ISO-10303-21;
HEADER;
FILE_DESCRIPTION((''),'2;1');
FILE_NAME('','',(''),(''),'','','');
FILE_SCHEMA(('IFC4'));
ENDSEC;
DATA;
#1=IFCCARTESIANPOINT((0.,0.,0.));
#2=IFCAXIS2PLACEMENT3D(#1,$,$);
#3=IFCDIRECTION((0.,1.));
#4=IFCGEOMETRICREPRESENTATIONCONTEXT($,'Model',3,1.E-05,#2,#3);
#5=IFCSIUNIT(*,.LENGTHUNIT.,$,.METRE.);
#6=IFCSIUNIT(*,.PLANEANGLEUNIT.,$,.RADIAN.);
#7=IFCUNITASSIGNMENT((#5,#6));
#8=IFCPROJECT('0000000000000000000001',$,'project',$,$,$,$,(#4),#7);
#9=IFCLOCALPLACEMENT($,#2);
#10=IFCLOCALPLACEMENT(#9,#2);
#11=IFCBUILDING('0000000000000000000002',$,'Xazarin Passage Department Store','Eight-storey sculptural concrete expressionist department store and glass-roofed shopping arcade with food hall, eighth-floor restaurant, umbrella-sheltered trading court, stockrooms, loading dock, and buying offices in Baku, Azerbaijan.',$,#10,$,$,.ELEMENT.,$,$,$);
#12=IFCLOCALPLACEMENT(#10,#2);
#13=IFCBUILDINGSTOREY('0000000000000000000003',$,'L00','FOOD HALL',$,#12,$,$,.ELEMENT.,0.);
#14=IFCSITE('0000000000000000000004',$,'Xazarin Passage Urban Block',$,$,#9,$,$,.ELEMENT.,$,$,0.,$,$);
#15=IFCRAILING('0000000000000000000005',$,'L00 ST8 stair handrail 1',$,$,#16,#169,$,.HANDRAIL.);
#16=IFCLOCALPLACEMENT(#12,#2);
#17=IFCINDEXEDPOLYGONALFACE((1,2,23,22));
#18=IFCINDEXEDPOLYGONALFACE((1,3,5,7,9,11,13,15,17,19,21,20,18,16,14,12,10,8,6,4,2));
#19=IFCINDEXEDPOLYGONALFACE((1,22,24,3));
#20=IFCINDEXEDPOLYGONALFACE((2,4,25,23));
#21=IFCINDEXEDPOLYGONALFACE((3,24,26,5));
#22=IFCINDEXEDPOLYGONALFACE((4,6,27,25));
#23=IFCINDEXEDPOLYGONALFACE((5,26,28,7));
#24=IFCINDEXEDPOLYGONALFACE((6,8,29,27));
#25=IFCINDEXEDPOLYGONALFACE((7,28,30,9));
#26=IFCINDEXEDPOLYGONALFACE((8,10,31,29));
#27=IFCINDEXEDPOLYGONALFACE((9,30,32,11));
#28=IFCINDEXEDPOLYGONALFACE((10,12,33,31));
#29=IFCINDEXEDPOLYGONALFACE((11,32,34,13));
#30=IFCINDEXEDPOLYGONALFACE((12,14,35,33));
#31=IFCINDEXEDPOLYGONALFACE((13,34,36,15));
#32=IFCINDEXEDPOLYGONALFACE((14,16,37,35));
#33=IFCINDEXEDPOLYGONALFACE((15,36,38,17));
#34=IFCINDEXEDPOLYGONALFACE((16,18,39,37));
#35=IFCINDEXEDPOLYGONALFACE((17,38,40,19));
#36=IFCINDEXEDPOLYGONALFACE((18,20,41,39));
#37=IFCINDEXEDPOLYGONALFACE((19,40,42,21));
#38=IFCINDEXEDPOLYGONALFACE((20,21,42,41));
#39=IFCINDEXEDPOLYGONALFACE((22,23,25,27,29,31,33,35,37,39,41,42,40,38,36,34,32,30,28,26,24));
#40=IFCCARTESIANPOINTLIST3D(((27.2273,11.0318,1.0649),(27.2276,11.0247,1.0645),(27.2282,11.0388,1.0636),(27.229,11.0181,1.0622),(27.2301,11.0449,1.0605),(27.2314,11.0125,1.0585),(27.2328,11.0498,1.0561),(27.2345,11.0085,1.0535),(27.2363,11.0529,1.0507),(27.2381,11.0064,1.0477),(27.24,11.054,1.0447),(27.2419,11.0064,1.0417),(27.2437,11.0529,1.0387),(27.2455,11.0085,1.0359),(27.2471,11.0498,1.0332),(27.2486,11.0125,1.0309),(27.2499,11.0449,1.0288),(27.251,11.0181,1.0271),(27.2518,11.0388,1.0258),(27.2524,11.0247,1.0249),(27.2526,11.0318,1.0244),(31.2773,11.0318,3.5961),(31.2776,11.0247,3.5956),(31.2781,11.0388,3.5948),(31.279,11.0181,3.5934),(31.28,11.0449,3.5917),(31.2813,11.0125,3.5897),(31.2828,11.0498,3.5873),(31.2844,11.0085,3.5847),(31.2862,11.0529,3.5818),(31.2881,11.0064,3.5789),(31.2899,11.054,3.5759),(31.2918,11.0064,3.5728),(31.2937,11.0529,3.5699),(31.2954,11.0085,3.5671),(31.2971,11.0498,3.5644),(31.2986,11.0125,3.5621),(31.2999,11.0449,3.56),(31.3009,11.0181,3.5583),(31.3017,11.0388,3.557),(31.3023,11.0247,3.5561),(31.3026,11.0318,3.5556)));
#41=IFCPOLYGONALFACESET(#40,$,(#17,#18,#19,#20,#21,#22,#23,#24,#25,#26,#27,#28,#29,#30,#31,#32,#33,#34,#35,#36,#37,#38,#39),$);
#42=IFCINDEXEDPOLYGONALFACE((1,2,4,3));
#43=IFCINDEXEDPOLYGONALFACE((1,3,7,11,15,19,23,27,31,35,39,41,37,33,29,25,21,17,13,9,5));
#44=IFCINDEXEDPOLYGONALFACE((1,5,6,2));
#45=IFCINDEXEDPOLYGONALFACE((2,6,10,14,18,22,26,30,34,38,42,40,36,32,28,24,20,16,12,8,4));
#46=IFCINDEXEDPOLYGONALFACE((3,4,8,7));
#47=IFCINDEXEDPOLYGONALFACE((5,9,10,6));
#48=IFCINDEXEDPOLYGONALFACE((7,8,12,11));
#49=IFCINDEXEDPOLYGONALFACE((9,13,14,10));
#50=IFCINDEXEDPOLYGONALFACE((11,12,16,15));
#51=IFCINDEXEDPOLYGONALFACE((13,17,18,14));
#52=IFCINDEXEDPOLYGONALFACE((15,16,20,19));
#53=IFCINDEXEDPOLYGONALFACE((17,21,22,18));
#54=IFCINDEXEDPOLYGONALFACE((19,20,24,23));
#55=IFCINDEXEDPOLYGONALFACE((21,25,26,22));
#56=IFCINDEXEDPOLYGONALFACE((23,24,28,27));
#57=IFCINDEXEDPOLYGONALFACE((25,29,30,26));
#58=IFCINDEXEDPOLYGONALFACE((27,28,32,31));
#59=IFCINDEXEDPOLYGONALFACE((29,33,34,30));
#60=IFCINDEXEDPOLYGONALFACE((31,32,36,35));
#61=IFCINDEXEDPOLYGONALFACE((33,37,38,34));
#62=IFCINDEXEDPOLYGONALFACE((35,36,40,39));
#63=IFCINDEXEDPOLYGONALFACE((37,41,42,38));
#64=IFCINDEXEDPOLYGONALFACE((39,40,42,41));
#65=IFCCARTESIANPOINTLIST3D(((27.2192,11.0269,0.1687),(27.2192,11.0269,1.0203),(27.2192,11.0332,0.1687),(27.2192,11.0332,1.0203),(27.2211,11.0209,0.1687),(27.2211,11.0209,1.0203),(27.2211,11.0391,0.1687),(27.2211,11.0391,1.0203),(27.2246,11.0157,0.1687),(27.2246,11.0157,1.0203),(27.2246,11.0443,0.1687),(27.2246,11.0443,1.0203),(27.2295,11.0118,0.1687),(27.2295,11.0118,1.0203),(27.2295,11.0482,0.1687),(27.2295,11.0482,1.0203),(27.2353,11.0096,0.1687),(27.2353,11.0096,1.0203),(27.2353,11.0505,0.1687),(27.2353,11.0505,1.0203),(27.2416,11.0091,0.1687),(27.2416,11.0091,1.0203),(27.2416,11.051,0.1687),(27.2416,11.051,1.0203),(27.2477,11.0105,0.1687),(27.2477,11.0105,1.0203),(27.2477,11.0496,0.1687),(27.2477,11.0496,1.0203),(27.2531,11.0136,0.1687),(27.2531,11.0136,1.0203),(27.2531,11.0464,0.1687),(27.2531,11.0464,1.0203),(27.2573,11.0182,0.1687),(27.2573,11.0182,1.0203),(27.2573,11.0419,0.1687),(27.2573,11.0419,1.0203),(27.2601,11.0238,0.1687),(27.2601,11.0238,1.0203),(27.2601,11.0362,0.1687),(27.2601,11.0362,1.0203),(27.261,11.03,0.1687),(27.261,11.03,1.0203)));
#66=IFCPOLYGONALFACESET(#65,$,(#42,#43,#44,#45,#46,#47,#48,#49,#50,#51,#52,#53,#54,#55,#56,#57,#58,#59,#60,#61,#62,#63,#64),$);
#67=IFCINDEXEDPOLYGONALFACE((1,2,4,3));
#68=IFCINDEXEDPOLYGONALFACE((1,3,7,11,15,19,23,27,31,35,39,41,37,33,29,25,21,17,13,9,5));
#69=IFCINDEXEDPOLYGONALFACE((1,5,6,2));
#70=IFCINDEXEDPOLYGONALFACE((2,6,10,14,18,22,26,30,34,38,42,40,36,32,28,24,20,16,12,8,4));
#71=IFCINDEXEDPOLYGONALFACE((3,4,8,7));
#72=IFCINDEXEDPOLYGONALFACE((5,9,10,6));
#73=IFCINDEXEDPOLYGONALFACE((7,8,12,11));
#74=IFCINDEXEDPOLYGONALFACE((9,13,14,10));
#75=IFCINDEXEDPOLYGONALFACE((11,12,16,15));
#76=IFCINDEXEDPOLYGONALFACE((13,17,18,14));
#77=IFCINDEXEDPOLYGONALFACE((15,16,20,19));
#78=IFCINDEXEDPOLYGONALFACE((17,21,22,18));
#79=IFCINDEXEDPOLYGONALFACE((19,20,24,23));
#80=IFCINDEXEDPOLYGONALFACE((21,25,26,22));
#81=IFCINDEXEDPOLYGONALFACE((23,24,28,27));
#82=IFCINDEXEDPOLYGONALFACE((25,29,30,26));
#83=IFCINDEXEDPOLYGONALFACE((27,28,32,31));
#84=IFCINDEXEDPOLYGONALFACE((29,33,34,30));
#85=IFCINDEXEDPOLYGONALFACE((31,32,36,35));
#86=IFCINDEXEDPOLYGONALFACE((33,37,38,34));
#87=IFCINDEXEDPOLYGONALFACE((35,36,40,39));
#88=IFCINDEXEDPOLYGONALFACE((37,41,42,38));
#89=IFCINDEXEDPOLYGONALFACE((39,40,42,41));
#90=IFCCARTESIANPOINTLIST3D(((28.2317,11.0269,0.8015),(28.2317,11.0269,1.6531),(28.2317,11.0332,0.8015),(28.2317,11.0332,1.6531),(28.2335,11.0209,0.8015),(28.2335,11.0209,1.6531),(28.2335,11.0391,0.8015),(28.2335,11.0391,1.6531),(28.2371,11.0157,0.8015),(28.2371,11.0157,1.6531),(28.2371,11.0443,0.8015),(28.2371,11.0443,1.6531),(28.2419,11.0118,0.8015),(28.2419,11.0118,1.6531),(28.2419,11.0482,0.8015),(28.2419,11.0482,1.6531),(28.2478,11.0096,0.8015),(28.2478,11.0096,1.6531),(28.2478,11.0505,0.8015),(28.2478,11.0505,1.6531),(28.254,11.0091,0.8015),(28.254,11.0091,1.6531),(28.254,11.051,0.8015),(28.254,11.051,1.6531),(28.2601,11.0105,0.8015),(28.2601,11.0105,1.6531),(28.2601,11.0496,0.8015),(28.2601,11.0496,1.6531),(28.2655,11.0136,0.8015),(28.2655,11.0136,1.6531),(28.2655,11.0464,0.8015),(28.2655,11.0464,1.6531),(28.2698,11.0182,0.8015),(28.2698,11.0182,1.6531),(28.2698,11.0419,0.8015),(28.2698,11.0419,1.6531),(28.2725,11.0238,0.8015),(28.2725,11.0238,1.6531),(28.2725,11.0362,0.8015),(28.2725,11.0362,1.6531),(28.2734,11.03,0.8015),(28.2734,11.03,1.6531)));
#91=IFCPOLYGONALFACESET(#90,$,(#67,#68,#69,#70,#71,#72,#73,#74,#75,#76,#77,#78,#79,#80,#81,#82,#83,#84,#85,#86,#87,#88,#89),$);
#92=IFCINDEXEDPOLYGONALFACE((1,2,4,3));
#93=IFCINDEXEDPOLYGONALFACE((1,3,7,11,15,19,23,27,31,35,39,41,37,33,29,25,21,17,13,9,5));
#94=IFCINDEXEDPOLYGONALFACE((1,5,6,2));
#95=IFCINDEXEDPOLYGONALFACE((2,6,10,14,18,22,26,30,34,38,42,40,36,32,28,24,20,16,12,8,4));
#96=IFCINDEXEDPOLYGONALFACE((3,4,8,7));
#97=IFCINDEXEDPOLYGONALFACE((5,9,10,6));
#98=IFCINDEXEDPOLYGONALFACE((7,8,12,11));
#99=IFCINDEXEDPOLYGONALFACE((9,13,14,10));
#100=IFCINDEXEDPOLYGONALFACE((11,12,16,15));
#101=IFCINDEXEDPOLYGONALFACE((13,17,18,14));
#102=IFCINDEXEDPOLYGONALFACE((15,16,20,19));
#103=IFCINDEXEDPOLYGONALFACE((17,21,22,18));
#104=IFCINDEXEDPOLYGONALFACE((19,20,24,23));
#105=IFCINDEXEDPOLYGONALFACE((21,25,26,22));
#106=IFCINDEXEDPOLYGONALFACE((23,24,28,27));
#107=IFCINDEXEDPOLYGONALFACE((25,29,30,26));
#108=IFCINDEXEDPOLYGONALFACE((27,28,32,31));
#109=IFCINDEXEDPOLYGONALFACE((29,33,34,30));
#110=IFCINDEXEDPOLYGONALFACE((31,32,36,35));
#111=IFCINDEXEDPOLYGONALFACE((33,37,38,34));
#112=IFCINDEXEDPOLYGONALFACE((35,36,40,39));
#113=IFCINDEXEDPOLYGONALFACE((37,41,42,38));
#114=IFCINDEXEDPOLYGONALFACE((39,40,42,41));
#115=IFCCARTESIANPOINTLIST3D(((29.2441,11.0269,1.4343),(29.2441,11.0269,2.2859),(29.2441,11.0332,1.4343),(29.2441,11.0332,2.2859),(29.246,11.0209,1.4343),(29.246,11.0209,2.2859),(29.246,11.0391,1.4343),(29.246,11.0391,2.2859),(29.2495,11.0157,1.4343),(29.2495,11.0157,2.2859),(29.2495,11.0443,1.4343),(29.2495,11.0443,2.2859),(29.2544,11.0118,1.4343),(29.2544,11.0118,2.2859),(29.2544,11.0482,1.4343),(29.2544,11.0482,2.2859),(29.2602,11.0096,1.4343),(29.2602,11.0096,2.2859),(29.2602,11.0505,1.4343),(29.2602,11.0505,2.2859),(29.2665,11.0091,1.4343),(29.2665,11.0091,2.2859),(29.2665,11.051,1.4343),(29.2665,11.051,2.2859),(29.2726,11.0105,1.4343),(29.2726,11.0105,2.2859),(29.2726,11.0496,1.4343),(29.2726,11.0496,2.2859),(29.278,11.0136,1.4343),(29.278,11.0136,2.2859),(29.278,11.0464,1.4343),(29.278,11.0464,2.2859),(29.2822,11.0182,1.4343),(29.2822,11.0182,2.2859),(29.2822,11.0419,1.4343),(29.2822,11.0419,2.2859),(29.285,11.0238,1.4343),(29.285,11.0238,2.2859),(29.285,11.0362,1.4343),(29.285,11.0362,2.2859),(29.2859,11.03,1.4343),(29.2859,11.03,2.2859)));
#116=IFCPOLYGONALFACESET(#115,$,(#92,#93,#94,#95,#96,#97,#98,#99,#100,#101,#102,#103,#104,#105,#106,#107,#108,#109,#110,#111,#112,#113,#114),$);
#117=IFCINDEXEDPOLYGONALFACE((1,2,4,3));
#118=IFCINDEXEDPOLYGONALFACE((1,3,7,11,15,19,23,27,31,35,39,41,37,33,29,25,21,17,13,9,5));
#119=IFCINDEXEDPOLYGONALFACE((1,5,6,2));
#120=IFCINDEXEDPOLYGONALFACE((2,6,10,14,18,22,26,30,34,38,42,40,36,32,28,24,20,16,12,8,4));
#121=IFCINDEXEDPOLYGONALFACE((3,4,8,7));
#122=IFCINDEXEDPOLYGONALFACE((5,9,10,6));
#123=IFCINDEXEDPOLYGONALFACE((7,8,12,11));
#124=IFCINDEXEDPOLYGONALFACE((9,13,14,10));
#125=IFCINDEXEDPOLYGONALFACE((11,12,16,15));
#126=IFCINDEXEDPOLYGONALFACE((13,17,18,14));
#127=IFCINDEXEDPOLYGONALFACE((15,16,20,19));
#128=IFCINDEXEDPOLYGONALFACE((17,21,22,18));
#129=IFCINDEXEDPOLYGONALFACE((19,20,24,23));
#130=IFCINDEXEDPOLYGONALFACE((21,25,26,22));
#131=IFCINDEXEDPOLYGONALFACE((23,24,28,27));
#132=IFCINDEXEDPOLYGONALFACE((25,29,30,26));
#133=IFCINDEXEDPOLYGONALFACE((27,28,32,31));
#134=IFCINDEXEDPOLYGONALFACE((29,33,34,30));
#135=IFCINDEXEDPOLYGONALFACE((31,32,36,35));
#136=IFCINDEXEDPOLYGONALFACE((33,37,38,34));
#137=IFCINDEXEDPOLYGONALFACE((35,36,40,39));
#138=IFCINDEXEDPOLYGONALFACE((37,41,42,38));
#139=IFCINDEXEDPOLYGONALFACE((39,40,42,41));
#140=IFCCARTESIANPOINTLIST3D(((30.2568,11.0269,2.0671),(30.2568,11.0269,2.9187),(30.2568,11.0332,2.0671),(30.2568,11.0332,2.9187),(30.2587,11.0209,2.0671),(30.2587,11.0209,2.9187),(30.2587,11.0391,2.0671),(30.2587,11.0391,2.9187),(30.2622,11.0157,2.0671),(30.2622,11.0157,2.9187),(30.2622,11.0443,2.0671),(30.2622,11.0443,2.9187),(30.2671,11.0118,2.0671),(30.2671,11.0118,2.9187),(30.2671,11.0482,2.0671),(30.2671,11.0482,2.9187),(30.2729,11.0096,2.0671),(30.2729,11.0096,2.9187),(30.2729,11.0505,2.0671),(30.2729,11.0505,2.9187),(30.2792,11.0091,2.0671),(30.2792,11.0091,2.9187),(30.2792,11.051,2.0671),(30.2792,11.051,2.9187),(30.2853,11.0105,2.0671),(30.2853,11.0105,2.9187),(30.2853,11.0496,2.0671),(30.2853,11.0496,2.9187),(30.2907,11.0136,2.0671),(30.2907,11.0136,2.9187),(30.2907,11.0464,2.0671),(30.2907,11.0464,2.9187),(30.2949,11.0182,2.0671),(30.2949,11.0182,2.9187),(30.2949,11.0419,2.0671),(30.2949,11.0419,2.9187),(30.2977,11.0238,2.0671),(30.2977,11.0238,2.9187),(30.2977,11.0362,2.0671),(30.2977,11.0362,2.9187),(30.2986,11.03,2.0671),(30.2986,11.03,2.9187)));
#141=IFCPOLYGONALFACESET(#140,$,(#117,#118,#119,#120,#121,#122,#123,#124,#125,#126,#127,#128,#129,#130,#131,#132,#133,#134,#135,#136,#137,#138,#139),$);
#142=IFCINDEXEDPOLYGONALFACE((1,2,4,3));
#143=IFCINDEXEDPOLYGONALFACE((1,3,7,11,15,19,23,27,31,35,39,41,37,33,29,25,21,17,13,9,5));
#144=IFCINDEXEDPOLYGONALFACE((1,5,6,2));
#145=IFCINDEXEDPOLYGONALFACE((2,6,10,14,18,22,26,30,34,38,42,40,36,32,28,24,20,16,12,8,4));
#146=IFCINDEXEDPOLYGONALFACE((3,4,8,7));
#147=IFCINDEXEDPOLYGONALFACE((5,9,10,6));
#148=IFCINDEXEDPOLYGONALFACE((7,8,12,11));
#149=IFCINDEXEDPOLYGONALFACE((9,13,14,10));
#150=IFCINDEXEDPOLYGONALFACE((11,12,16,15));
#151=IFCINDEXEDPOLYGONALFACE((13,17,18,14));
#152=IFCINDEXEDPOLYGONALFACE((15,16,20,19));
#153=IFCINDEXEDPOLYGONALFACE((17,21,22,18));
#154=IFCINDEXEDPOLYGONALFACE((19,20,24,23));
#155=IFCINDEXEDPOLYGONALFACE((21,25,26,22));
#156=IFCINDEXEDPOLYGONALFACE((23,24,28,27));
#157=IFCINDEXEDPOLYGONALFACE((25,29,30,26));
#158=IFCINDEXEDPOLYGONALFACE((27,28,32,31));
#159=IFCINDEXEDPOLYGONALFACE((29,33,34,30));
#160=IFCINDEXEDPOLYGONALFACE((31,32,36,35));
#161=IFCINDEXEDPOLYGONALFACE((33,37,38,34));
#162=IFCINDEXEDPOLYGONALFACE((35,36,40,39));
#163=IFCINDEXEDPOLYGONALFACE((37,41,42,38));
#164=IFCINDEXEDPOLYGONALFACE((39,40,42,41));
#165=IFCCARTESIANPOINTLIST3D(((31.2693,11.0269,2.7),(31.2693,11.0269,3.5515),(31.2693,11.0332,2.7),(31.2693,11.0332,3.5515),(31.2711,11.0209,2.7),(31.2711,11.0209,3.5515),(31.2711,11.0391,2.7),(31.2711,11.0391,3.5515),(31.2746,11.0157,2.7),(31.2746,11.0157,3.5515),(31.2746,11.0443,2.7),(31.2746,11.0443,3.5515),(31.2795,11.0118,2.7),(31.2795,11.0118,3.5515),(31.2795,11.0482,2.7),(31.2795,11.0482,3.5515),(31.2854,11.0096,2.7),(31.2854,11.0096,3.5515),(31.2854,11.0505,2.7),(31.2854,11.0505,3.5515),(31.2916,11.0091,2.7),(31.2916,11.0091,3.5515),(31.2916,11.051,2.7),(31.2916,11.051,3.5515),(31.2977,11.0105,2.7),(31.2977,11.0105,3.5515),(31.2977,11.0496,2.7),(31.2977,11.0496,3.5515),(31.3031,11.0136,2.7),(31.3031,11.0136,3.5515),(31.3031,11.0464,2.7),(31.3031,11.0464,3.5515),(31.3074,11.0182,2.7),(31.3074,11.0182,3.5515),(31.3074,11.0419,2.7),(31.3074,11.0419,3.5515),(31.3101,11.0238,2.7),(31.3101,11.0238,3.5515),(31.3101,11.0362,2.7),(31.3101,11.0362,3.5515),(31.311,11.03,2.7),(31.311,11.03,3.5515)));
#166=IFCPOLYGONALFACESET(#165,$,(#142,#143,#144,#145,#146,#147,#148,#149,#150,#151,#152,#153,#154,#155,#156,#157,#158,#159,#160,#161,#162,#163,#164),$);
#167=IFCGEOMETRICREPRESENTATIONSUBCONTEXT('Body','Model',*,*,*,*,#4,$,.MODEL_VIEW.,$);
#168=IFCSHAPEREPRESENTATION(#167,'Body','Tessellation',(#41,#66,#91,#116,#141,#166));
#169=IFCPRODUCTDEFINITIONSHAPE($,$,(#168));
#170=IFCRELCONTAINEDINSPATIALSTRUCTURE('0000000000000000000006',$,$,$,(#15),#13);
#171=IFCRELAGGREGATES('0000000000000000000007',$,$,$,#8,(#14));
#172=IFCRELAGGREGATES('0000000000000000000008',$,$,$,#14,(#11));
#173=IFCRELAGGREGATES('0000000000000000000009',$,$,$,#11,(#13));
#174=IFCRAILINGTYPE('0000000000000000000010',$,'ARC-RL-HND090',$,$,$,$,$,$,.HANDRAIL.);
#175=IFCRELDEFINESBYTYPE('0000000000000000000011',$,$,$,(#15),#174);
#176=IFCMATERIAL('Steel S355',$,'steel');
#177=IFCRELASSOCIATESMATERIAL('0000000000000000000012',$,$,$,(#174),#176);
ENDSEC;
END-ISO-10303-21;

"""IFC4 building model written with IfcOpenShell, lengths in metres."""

from ifc_helpers import new_model, si_unit, direction, frame, origin, origin_2d, place, context, subcontext, project, spatial, circle, extrude, material, type_object, element, save


model = new_model("IFC4")

# Units and contexts
model_context = context("Model", 3, precision=1e-05, world=origin(), true_north=direction((0.0, 1.0)))
body_context = subcontext(model_context, "Body", "Model", "MODEL_VIEW")
ifc_project = project(units=[si_unit("LENGTHUNIT", "METRE"), si_unit("PLANEANGLEUNIT", "RADIAN")], contexts=[model_context])

# Site, building, storey
site_placement = place(None, origin())
site = spatial("IfcSite", under=ifc_project, at=site_placement, Name="Xazarin Passage Urban Block", CompositionType="ELEMENT", RefElevation=0.0)
building_placement = place(site_placement, origin())
building = spatial("IfcBuilding", under=site, at=building_placement, Name="Xazarin Passage Department Store", Description="Eight-storey sculptural concrete expressionist department store and glass-roofed shopping arcade with food hall, eighth-floor restaurant, umbrella-sheltered trading court, stockrooms, loading dock, and buying offices in Baku, Azerbaijan.", CompositionType="ELEMENT")
storey_placement = place(building_placement, origin())
storey = spatial("IfcBuildingStorey", under=building, at=storey_placement, Name="L00", Description="FOOD HALL", CompositionType="ELEMENT", Elevation=0.0)

# Shared definitions
ifc_material_1 = material(Name="Steel S355", Category="steel")

# Railing
railing_type_1 = type_object("IfcRailingType", Name="ARC-RL-HND090", PredefinedType="HANDRAIL", material=ifc_material_1)
railing_1_placement = place(storey_placement, frame((27.24, 11.03, 0.1687)))
element("IfcRailing", 1, at=railing_1_placement, inside=storey, type_object=railing_type_1, Name="L00 ST8 stair handrail 1", PredefinedType="HANDRAIL", context=body_context, shape_type="SweptSolid", body=[
    extrude(circle(Radius=0.0239, at=origin_2d()), frame((0.0, 0.0, 0.876), z_axis=(0.848001, 0.0, 0.529994), x_axis=(0.0, 1.0, 0.0)), (0.0, 0.0, 1.0), 4.7759),
    extrude(circle(Radius=0.021, at=origin_2d()), origin(), (0.0, 0.0, 1.0), 0.8516),
    extrude(circle(Radius=0.021, at=origin_2d()), frame((1.0125, 0.0, 0.6328)), (0.0, 0.0, 1.0), 0.8516),
    extrude(circle(Radius=0.021, at=origin_2d()), frame((2.0249, 0.0, 1.2656)), (0.0, 0.0, 1.0), 0.8516),
    extrude(circle(Radius=0.021, at=origin_2d()), frame((3.0376, 0.0, 1.8984)), (0.0, 0.0, 1.0), 0.8516),
    extrude(circle(Radius=0.021, at=origin_2d()), frame((4.05, 0.0, 2.5312)), (0.0, 0.0, 1.0), 0.8516),
])

save(model, "model.ifc")
